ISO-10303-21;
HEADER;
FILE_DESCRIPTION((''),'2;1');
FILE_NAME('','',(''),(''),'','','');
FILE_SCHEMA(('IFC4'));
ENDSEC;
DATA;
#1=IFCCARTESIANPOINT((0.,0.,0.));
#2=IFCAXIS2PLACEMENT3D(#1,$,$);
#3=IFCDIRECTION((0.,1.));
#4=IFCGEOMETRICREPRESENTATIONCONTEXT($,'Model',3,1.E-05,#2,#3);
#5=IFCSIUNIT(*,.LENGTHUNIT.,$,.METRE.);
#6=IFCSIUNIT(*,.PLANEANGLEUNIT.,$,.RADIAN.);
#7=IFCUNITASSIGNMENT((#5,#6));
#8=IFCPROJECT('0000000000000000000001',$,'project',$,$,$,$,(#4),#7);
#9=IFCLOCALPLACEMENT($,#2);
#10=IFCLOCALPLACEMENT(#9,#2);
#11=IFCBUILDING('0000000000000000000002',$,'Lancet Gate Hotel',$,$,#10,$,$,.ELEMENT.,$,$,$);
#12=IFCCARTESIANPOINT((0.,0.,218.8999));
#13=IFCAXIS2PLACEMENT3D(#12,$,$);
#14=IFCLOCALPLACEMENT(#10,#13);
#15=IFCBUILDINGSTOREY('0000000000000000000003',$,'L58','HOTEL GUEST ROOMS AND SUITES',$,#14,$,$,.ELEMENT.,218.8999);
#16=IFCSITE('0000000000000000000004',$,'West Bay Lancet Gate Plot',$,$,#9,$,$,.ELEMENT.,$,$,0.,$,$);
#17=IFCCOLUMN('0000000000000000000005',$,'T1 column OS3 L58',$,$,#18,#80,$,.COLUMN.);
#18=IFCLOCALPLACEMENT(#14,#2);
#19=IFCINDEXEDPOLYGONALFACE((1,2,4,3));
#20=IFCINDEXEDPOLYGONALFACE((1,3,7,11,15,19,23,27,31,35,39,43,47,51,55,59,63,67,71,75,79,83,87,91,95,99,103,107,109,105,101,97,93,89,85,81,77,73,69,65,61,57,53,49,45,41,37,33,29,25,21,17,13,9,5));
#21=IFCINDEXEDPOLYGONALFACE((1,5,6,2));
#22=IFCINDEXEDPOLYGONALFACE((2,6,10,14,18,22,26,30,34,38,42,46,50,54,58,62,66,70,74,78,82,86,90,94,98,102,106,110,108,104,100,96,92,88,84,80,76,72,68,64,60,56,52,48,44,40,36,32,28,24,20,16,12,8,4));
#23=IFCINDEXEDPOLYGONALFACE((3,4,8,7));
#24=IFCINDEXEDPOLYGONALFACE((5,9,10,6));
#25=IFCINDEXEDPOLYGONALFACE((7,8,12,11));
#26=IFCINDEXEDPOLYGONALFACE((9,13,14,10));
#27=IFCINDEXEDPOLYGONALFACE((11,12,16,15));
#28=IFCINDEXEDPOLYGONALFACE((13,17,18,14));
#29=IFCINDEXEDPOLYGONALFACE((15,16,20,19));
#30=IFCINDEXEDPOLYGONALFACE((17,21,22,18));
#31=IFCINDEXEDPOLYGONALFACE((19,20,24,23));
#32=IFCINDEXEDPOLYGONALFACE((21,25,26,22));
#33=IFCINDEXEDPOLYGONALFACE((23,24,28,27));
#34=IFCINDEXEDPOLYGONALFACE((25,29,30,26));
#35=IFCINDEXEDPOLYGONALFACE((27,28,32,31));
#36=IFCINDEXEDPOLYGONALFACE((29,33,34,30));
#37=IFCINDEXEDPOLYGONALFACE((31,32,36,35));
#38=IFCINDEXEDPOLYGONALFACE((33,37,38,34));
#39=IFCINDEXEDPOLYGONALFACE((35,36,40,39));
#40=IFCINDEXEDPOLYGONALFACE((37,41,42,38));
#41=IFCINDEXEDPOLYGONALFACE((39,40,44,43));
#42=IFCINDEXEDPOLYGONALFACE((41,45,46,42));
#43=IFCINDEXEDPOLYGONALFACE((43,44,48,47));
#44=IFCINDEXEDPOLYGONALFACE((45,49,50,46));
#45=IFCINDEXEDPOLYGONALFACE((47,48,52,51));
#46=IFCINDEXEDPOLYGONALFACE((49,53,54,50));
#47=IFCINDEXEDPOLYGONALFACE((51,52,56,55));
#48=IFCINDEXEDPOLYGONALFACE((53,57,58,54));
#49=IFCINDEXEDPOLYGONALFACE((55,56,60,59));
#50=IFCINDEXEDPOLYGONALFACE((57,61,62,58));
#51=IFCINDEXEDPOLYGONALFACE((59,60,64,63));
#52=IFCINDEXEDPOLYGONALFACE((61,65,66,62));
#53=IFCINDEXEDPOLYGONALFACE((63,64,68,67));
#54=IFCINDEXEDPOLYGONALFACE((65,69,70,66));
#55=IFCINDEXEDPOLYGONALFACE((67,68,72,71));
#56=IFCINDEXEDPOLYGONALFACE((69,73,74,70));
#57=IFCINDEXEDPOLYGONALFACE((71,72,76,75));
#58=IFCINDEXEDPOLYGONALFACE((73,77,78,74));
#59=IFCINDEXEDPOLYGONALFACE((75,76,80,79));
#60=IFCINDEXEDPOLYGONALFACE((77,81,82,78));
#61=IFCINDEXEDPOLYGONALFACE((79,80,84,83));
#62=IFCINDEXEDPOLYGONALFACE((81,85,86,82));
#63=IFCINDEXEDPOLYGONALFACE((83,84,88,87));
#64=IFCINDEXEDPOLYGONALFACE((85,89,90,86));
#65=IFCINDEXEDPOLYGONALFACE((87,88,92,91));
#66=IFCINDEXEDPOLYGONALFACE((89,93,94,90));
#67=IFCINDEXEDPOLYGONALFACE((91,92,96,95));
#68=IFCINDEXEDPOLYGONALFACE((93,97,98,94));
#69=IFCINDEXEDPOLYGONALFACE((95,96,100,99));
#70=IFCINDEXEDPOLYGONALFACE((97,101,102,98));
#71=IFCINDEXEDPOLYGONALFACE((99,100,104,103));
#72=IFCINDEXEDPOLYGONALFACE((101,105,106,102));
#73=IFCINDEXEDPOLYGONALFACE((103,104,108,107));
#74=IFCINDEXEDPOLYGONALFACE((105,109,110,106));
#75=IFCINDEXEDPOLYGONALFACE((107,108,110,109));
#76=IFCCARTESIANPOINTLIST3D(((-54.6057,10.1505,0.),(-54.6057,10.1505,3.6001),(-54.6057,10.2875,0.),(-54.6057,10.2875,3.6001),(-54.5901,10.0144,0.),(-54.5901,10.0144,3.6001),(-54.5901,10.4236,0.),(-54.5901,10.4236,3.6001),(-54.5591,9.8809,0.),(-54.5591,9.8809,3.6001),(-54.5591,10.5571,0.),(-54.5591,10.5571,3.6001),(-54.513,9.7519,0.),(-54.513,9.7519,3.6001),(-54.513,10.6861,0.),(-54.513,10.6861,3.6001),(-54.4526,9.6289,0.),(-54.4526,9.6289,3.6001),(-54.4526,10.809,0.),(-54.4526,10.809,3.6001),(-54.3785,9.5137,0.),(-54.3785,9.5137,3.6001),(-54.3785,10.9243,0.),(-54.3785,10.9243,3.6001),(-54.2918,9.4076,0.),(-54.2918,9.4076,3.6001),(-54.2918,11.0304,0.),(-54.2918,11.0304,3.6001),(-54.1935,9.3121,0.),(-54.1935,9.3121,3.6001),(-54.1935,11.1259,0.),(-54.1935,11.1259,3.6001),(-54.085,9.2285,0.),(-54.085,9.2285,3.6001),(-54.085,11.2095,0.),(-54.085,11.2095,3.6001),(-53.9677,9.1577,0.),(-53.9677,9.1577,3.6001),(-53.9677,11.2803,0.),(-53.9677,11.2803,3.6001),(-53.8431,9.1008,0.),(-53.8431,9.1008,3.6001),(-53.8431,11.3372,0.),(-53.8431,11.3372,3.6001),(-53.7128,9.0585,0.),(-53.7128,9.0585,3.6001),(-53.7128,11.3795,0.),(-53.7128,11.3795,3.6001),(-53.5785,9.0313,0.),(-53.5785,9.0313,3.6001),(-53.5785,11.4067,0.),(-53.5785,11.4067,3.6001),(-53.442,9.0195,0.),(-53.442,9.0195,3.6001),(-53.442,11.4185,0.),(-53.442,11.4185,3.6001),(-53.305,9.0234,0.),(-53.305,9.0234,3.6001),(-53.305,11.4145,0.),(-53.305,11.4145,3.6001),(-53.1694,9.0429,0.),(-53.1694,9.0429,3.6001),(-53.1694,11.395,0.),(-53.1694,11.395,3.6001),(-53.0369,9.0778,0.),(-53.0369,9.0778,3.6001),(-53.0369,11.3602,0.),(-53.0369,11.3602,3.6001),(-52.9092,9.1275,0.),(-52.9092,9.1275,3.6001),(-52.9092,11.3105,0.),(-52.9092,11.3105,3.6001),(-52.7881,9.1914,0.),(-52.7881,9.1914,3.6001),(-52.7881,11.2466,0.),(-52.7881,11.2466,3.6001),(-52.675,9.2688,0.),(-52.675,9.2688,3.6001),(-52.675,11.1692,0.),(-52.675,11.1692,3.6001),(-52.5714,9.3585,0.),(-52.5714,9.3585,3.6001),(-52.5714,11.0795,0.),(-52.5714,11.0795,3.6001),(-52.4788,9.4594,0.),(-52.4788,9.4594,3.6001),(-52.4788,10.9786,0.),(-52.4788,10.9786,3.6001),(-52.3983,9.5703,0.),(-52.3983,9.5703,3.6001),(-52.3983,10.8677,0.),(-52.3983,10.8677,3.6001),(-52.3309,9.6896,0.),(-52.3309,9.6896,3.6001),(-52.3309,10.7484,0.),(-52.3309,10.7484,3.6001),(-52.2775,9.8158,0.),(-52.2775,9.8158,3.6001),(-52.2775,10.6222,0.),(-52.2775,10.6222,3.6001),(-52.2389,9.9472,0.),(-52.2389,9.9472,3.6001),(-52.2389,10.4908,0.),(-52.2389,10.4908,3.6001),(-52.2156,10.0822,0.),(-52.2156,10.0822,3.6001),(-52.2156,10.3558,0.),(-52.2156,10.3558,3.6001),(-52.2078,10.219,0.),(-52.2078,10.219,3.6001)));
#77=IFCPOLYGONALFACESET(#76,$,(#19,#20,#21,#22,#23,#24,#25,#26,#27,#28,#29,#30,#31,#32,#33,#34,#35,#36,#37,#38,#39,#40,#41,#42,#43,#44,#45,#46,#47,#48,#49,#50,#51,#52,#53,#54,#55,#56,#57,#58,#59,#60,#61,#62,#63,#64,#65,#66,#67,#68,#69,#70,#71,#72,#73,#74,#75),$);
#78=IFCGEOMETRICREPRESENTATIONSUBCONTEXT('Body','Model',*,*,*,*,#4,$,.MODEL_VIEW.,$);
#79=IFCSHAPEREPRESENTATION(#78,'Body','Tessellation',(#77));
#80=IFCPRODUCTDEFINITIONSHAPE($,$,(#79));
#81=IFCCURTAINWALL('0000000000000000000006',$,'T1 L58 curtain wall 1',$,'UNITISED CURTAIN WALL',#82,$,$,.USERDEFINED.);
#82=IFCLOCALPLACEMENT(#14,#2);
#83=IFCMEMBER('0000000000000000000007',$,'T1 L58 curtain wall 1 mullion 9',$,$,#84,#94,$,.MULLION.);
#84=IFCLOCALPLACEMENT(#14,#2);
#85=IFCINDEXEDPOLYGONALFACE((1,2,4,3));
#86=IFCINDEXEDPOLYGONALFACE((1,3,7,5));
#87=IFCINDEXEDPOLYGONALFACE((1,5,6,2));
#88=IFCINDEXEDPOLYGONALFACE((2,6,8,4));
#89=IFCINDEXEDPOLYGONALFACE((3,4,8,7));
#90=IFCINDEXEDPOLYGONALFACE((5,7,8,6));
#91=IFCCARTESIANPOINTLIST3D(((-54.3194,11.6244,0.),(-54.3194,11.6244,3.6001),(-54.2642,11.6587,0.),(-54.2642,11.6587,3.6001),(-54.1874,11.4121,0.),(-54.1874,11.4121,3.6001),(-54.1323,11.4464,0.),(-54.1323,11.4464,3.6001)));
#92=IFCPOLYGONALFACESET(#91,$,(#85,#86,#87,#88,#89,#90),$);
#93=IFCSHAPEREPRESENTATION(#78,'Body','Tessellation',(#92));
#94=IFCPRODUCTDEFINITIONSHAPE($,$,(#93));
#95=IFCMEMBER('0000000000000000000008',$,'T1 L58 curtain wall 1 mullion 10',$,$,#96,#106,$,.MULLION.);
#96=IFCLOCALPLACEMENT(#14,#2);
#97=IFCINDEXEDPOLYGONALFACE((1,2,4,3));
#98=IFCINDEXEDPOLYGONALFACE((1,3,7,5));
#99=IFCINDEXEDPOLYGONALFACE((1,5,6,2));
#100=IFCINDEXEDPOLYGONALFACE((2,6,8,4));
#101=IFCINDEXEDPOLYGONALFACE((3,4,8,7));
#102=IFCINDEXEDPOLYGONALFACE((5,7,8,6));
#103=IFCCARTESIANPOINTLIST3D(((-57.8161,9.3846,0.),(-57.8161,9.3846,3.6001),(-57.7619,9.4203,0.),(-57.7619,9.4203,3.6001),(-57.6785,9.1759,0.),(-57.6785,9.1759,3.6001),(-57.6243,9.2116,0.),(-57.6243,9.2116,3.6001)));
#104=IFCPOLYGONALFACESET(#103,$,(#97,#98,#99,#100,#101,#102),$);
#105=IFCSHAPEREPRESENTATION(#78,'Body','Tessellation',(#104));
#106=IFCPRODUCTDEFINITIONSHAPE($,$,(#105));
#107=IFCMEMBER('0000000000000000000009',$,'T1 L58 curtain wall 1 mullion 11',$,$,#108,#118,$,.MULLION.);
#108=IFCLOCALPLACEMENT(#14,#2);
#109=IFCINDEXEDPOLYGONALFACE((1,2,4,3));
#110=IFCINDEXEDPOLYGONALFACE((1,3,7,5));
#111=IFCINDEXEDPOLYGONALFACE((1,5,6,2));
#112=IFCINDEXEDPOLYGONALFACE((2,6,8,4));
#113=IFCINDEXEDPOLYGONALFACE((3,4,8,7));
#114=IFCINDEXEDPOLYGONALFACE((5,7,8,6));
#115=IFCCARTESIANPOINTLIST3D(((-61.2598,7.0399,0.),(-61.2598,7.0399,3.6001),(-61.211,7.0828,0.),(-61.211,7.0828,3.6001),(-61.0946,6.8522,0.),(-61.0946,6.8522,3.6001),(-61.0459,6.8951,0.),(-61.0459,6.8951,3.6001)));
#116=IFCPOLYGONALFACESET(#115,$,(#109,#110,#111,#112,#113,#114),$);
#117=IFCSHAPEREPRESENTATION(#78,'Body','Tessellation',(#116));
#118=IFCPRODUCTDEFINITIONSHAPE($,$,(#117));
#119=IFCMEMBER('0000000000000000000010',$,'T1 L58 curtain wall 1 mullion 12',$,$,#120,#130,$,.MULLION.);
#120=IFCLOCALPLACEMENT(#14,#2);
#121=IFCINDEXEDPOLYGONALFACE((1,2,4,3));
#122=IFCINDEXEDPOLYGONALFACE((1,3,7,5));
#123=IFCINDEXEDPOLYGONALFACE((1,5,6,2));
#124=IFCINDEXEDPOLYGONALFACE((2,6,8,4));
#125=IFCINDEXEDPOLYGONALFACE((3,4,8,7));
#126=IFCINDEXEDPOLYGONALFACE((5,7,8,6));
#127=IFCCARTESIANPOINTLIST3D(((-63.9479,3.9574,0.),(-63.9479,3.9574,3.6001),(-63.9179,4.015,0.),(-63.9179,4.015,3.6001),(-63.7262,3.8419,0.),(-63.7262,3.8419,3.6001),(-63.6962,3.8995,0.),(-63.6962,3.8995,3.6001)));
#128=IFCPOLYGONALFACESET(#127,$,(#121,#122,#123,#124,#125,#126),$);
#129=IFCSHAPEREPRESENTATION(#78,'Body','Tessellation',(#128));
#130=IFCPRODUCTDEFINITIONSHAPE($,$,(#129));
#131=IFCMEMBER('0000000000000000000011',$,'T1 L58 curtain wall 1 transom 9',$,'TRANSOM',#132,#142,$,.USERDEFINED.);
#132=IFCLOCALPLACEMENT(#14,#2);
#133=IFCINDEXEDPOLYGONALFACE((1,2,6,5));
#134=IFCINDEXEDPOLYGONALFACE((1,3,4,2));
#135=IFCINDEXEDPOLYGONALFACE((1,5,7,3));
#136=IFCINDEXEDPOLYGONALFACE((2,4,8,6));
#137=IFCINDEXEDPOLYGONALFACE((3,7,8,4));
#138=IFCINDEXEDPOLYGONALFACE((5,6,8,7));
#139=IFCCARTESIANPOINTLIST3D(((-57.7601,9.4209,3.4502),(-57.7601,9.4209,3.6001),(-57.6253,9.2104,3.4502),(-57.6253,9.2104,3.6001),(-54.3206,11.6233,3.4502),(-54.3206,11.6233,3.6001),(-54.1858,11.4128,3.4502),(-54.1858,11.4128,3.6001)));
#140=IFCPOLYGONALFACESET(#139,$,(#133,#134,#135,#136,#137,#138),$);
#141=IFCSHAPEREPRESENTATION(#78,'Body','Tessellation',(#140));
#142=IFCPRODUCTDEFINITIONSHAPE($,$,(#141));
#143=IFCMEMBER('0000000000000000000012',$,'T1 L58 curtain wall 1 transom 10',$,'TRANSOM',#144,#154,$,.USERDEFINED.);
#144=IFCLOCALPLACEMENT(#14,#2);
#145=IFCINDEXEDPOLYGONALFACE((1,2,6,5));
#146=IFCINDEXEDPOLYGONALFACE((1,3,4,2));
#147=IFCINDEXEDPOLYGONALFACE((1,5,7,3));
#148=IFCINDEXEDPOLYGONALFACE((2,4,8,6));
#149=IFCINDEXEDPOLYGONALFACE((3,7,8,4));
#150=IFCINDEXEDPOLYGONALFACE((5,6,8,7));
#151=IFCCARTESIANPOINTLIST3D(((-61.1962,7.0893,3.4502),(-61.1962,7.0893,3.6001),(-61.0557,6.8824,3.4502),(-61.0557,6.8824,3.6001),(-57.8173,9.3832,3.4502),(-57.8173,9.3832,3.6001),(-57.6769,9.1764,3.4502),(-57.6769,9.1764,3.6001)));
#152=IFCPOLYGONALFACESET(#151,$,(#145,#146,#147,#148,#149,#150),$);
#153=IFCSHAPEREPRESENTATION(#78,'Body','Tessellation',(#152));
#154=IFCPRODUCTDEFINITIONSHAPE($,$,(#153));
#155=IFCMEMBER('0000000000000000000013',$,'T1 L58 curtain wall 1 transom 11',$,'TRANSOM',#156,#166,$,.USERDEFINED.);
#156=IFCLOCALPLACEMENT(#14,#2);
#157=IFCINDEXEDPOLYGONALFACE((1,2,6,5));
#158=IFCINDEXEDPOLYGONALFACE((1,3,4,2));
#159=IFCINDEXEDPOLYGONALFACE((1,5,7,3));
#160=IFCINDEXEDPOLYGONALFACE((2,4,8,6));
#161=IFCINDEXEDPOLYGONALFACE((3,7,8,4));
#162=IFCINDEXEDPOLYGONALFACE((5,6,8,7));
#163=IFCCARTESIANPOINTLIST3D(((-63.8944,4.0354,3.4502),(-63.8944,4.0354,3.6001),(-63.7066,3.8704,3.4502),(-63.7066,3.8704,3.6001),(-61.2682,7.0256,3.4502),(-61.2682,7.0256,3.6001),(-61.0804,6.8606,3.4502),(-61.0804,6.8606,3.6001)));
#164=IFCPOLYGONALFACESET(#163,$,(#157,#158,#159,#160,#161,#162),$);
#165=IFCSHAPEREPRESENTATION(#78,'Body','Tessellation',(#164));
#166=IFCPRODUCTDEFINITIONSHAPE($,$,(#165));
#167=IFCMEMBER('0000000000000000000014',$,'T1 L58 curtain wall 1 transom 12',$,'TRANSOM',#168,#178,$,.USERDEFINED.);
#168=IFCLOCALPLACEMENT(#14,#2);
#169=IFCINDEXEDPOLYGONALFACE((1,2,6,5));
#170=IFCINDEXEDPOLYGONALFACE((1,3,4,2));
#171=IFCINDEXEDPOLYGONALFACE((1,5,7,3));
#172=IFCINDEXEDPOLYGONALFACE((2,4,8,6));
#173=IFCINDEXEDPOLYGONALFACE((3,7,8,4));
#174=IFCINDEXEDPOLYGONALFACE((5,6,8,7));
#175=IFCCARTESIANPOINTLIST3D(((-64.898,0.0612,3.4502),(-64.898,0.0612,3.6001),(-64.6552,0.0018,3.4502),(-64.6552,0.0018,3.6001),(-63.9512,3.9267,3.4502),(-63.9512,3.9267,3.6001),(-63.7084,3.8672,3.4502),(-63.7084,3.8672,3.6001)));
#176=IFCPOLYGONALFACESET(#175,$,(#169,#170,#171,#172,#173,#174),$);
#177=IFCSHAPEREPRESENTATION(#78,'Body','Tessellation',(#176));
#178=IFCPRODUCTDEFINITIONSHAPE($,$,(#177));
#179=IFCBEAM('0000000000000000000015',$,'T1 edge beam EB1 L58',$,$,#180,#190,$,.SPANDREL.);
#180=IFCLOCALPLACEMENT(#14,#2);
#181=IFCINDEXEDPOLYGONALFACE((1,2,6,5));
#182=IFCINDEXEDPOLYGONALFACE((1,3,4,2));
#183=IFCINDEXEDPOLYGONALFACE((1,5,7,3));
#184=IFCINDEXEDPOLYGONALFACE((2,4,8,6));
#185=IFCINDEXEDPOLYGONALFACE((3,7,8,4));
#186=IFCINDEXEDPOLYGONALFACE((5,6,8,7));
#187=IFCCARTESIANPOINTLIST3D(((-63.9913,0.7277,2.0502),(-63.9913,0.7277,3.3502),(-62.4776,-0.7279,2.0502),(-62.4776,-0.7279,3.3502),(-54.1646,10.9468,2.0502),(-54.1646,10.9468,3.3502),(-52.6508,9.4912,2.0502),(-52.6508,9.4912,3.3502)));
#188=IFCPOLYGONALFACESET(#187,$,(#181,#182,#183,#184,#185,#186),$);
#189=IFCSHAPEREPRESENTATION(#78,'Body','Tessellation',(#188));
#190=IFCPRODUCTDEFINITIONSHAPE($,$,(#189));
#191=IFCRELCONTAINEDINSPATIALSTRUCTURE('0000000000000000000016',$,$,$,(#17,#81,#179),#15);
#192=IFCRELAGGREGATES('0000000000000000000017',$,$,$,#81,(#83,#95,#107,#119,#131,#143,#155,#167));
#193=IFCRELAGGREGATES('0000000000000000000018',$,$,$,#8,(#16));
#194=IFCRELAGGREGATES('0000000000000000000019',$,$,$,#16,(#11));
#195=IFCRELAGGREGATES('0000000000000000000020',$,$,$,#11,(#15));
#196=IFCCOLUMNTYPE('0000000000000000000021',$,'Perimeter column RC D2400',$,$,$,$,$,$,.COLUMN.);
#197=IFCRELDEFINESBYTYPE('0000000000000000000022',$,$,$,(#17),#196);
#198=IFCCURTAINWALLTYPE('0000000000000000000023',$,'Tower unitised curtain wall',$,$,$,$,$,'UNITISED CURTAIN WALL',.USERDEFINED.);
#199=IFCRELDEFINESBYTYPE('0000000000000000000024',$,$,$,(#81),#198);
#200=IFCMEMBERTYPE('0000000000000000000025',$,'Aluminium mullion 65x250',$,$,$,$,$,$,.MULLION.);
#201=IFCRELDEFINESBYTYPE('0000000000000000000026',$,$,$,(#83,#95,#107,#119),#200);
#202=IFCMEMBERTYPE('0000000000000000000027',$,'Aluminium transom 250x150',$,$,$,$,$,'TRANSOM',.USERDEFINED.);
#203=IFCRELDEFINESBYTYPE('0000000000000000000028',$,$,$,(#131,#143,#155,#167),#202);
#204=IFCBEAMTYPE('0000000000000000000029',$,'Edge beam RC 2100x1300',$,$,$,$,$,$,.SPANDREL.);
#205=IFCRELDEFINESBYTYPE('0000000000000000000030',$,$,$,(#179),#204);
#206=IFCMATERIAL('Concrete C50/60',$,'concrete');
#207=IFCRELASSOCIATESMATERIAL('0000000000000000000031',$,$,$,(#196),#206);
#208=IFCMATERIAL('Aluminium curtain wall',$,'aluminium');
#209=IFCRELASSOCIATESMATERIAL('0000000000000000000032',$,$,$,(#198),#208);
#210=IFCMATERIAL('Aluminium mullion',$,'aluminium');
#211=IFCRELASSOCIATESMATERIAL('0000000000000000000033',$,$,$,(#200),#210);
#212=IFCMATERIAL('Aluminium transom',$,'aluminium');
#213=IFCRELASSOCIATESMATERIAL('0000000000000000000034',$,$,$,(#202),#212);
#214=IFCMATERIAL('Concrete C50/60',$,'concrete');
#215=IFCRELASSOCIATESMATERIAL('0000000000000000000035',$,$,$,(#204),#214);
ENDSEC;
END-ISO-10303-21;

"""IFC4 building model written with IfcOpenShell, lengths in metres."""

from ifc_helpers import new_model, si_unit, direction, frame, origin, origin_2d, place, context, subcontext, project, spatial, rectangle, circle, extrude, material, material_profile, profile_set, type_object, element, aggregate, save


model = new_model("IFC4")

# Units and contexts
model_context = context("Model", 3, precision=1e-05, world=origin(), true_north=direction((0.0, 1.0)))
body_context = subcontext(model_context, "Body", "Model", "MODEL_VIEW")
ifc_project = project(units=[si_unit("LENGTHUNIT", "METRE"), si_unit("PLANEANGLEUNIT", "RADIAN")], contexts=[model_context])

# Site, building, storey
site_placement = place(None, origin())
site = spatial("IfcSite", under=ifc_project, at=site_placement, Name="West Bay Lancet Gate Plot", CompositionType="ELEMENT", RefElevation=0.0)
building_placement = place(site_placement, origin())
building = spatial("IfcBuilding", under=site, at=building_placement, Name="Lancet Gate Hotel", CompositionType="ELEMENT")
storey_placement = place(building_placement, frame((0.0, 0.0, 218.8999)))
storey = spatial("IfcBuildingStorey", under=building, at=storey_placement, Name="L58", Description="HOTEL GUEST ROOMS AND SUITES", CompositionType="ELEMENT", Elevation=218.8999)

# Column
ifc_material_1 = material(Name="Concrete C50/60", Category="concrete")
ifc_material_profile_1 = material_profile(ifc_material_1, circle(Radius=1.2, at=origin_2d()), Name="RC D2400")
ifc_profile_set_1 = profile_set([ifc_material_profile_1], Name="Concrete C50/60")
column_type = type_object("IfcColumnType", Name="Perimeter column RC D2400", PredefinedType="COLUMN", material=ifc_profile_set_1)
column_placement = place(storey_placement, frame((-53.4077, 10.219, 0.0), z_axis=(0.0, 0.0, 1.0), x_axis=(1.0, 0.0, 0.0)))
element("IfcColumn", 1, at=column_placement, inside=storey, type_object=column_type, Name="T1 column OS3 L58", PredefinedType="COLUMN", context=body_context, shape_type="SweptSolid", body=[
    extrude(circle(Radius=1.2, at=origin_2d()), origin(), (0.0, 0.0, 1.0), 3.6001),
])

# Curtain wall, members
ifc_material_2 = material(Name="Aluminium curtain wall", Category="aluminium")
curtain_wall_type = type_object("IfcCurtainWallType", Name="Tower unitised curtain wall", ElementType="UNITISED CURTAIN WALL", PredefinedType="USERDEFINED", material=ifc_material_2)
curtain_wall_placement = place(storey_placement, origin())
curtain_wall = element("IfcCurtainWall", 2, at=curtain_wall_placement, inside=storey, type_object=curtain_wall_type, Name="T1 L58 curtain wall 1", ObjectType="UNITISED CURTAIN WALL", PredefinedType="USERDEFINED")
ifc_material_3 = material(Name="Aluminium mullion", Category="aluminium")
ifc_material_profile_2 = material_profile(ifc_material_3, rectangle(XDim=0.0649, YDim=0.25, at=origin_2d()), Name="MULLION 65x250")
ifc_profile_set_2 = profile_set([ifc_material_profile_2], Name="Aluminium mullion")
member_type_1 = type_object("IfcMemberType", Name="Aluminium mullion 65x250", PredefinedType="MULLION", material=ifc_profile_set_2)
member_1_placement = place(storey_placement, frame((-54.2258, 11.5354, 0.0), z_axis=(0.0, 0.0, 1.0), x_axis=(-0.849342, -0.527842, 0.0)))
member_1 = element("IfcMember", 3, at=member_1_placement, type_object=member_type_1, Name="T1 L58 curtain wall 1 mullion 9", PredefinedType="MULLION", context=body_context, shape_type="SweptSolid", body=[
    extrude(rectangle(XDim=0.0649, YDim=0.25, at=origin_2d()), origin(), (0.0, 0.0, 1.0), 3.6001),
])
member_2_placement = place(storey_placement, frame((-57.7202, 9.2981, 0.0), z_axis=(0.0, 0.0, 1.0), x_axis=(-0.834827, -0.550512, 0.0)))
member_2 = element("IfcMember", 4, at=member_2_placement, type_object=member_type_1, Name="T1 L58 curtain wall 1 mullion 10", PredefinedType="MULLION", context=body_context, shape_type="SweptSolid", body=[
    extrude(rectangle(XDim=0.0649, YDim=0.25, at=origin_2d()), origin(), (0.0, 0.0, 1.0), 3.6001),
])
member_3_placement = place(storey_placement, frame((-61.1528, 6.9675, 0.0), z_axis=(0.0, 0.0, 1.0), x_axis=(-0.750716, -0.660626, 0.0)))
member_3 = element("IfcMember", 5, at=member_3_placement, type_object=member_type_1, Name="T1 L58 curtain wall 1 mullion 11", PredefinedType="MULLION", context=body_context, shape_type="SweptSolid", body=[
    extrude(rectangle(XDim=0.0649, YDim=0.25, at=origin_2d()), origin(), (0.0, 0.0, 1.0), 3.6001),
])
member_4_placement = place(storey_placement, frame((-63.822, 3.9285, 0.0), z_axis=(0.0, 0.0, 1.0), x_axis=(-0.462178, -0.886787, 0.0)))
member_4 = element("IfcMember", 6, at=member_4_placement, type_object=member_type_1, Name="T1 L58 curtain wall 1 mullion 12", PredefinedType="MULLION", context=body_context, shape_type="SweptSolid", body=[
    extrude(rectangle(XDim=0.0649, YDim=0.25, at=origin_2d()), origin(), (0.0, 0.0, 1.0), 3.6001),
])
ifc_material_4 = material(Name="Aluminium transom", Category="aluminium")
ifc_material_profile_3 = material_profile(ifc_material_4, rectangle(XDim=0.25, YDim=0.1499, at=origin_2d()), Name="TRANSOM 250x150")
ifc_profile_set_3 = profile_set([ifc_material_profile_3], Name="Aluminium transom")
member_type_2 = type_object("IfcMemberType", Name="Aluminium transom 250x150", ElementType="TRANSOM", PredefinedType="USERDEFINED", material=ifc_profile_set_3)
member_5_placement = place(storey_placement, frame((-54.2532, 11.5181, 3.5251), z_axis=(-0.842144, -0.539252, 0.0), x_axis=(0.539252, -0.842144, 0.0)))
member_5 = element("IfcMember", 7, at=member_5_placement, type_object=member_type_2, Name="T1 L58 curtain wall 1 transom 9", ObjectType="TRANSOM", PredefinedType="USERDEFINED", context=body_context, shape_type="SweptSolid", body=[
    extrude(rectangle(XDim=0.25, YDim=0.1499, at=origin_2d()), origin(), (0.0, 0.0, 1.0), 4.0842),
])
member_6_placement = place(storey_placement, frame((-57.7471, 9.2798, 3.5251), z_axis=(-0.827349, -0.561689, 0.0), x_axis=(0.561689, -0.827349, 0.0)))
member_6 = element("IfcMember", 8, at=member_6_placement, type_object=member_type_2, Name="T1 L58 curtain wall 1 transom 10", ObjectType="TRANSOM", PredefinedType="USERDEFINED", context=body_context, shape_type="SweptSolid", body=[
    extrude(rectangle(XDim=0.25, YDim=0.1499, at=origin_2d()), origin(), (0.0, 0.0, 1.0), 4.084),
])
member_7_placement = place(storey_placement, frame((-61.1743, 6.9431, 3.5251), z_axis=(-0.659893, -0.751359, 0.0), x_axis=(0.751359, -0.659893, 0.0)))
member_7 = element("IfcMember", 9, at=member_7_placement, type_object=member_type_2, Name="T1 L58 curtain wall 1 transom 11", ObjectType="TRANSOM", PredefinedType="USERDEFINED", context=body_context, shape_type="SweptSolid", body=[
    extrude(rectangle(XDim=0.25, YDim=0.1499, at=origin_2d()), origin(), (0.0, 0.0, 1.0), 3.9797),
])
member_8_placement = place(storey_placement, frame((-63.8298, 3.897, 3.5251), z_axis=(-0.237899, -0.97129, 0.0), x_axis=(0.97129, -0.237899, 0.0)))
member_8 = element("IfcMember", 10, at=member_8_placement, type_object=member_type_2, Name="T1 L58 curtain wall 1 transom 12", ObjectType="TRANSOM", PredefinedType="USERDEFINED", context=body_context, shape_type="SweptSolid", body=[
    extrude(rectangle(XDim=0.25, YDim=0.1499, at=origin_2d()), origin(), (0.0, 0.0, 1.0), 3.9797),
])

# Beam
ifc_material_5 = material(Name="Concrete C50/60", Category="concrete")
ifc_material_profile_4 = material_profile(ifc_material_5, rectangle(XDim=2.1001, YDim=1.3, at=origin_2d()), Name="RC 2100x1300")
ifc_profile_set_4 = profile_set([ifc_material_profile_4], Name="Concrete C50/60")
beam_type_1 = type_object("IfcBeamType", Name="Edge beam RC 2100x1300", PredefinedType="SPANDREL", material=ifc_profile_set_4)
beam_1_placement = place(storey_placement, frame((-53.4077, 10.219, 2.7002), z_axis=(-0.693135, -0.720808, 0.0), x_axis=(0.720808, -0.693135, 0.0)))
element("IfcBeam", 11, at=beam_1_placement, inside=storey, type_object=beam_type_1, Name="T1 edge beam EB1 L58", PredefinedType="SPANDREL", context=body_context, shape_type="SweptSolid", body=[
    extrude(rectangle(XDim=2.1001, YDim=1.3, at=origin_2d()), origin(), (0.0, 0.0, 1.0), 14.1772),
])

aggregate(curtain_wall, [member_1, member_2, member_3, member_4, member_5, member_6, member_7, member_8])

save(model, "model.ifc")
